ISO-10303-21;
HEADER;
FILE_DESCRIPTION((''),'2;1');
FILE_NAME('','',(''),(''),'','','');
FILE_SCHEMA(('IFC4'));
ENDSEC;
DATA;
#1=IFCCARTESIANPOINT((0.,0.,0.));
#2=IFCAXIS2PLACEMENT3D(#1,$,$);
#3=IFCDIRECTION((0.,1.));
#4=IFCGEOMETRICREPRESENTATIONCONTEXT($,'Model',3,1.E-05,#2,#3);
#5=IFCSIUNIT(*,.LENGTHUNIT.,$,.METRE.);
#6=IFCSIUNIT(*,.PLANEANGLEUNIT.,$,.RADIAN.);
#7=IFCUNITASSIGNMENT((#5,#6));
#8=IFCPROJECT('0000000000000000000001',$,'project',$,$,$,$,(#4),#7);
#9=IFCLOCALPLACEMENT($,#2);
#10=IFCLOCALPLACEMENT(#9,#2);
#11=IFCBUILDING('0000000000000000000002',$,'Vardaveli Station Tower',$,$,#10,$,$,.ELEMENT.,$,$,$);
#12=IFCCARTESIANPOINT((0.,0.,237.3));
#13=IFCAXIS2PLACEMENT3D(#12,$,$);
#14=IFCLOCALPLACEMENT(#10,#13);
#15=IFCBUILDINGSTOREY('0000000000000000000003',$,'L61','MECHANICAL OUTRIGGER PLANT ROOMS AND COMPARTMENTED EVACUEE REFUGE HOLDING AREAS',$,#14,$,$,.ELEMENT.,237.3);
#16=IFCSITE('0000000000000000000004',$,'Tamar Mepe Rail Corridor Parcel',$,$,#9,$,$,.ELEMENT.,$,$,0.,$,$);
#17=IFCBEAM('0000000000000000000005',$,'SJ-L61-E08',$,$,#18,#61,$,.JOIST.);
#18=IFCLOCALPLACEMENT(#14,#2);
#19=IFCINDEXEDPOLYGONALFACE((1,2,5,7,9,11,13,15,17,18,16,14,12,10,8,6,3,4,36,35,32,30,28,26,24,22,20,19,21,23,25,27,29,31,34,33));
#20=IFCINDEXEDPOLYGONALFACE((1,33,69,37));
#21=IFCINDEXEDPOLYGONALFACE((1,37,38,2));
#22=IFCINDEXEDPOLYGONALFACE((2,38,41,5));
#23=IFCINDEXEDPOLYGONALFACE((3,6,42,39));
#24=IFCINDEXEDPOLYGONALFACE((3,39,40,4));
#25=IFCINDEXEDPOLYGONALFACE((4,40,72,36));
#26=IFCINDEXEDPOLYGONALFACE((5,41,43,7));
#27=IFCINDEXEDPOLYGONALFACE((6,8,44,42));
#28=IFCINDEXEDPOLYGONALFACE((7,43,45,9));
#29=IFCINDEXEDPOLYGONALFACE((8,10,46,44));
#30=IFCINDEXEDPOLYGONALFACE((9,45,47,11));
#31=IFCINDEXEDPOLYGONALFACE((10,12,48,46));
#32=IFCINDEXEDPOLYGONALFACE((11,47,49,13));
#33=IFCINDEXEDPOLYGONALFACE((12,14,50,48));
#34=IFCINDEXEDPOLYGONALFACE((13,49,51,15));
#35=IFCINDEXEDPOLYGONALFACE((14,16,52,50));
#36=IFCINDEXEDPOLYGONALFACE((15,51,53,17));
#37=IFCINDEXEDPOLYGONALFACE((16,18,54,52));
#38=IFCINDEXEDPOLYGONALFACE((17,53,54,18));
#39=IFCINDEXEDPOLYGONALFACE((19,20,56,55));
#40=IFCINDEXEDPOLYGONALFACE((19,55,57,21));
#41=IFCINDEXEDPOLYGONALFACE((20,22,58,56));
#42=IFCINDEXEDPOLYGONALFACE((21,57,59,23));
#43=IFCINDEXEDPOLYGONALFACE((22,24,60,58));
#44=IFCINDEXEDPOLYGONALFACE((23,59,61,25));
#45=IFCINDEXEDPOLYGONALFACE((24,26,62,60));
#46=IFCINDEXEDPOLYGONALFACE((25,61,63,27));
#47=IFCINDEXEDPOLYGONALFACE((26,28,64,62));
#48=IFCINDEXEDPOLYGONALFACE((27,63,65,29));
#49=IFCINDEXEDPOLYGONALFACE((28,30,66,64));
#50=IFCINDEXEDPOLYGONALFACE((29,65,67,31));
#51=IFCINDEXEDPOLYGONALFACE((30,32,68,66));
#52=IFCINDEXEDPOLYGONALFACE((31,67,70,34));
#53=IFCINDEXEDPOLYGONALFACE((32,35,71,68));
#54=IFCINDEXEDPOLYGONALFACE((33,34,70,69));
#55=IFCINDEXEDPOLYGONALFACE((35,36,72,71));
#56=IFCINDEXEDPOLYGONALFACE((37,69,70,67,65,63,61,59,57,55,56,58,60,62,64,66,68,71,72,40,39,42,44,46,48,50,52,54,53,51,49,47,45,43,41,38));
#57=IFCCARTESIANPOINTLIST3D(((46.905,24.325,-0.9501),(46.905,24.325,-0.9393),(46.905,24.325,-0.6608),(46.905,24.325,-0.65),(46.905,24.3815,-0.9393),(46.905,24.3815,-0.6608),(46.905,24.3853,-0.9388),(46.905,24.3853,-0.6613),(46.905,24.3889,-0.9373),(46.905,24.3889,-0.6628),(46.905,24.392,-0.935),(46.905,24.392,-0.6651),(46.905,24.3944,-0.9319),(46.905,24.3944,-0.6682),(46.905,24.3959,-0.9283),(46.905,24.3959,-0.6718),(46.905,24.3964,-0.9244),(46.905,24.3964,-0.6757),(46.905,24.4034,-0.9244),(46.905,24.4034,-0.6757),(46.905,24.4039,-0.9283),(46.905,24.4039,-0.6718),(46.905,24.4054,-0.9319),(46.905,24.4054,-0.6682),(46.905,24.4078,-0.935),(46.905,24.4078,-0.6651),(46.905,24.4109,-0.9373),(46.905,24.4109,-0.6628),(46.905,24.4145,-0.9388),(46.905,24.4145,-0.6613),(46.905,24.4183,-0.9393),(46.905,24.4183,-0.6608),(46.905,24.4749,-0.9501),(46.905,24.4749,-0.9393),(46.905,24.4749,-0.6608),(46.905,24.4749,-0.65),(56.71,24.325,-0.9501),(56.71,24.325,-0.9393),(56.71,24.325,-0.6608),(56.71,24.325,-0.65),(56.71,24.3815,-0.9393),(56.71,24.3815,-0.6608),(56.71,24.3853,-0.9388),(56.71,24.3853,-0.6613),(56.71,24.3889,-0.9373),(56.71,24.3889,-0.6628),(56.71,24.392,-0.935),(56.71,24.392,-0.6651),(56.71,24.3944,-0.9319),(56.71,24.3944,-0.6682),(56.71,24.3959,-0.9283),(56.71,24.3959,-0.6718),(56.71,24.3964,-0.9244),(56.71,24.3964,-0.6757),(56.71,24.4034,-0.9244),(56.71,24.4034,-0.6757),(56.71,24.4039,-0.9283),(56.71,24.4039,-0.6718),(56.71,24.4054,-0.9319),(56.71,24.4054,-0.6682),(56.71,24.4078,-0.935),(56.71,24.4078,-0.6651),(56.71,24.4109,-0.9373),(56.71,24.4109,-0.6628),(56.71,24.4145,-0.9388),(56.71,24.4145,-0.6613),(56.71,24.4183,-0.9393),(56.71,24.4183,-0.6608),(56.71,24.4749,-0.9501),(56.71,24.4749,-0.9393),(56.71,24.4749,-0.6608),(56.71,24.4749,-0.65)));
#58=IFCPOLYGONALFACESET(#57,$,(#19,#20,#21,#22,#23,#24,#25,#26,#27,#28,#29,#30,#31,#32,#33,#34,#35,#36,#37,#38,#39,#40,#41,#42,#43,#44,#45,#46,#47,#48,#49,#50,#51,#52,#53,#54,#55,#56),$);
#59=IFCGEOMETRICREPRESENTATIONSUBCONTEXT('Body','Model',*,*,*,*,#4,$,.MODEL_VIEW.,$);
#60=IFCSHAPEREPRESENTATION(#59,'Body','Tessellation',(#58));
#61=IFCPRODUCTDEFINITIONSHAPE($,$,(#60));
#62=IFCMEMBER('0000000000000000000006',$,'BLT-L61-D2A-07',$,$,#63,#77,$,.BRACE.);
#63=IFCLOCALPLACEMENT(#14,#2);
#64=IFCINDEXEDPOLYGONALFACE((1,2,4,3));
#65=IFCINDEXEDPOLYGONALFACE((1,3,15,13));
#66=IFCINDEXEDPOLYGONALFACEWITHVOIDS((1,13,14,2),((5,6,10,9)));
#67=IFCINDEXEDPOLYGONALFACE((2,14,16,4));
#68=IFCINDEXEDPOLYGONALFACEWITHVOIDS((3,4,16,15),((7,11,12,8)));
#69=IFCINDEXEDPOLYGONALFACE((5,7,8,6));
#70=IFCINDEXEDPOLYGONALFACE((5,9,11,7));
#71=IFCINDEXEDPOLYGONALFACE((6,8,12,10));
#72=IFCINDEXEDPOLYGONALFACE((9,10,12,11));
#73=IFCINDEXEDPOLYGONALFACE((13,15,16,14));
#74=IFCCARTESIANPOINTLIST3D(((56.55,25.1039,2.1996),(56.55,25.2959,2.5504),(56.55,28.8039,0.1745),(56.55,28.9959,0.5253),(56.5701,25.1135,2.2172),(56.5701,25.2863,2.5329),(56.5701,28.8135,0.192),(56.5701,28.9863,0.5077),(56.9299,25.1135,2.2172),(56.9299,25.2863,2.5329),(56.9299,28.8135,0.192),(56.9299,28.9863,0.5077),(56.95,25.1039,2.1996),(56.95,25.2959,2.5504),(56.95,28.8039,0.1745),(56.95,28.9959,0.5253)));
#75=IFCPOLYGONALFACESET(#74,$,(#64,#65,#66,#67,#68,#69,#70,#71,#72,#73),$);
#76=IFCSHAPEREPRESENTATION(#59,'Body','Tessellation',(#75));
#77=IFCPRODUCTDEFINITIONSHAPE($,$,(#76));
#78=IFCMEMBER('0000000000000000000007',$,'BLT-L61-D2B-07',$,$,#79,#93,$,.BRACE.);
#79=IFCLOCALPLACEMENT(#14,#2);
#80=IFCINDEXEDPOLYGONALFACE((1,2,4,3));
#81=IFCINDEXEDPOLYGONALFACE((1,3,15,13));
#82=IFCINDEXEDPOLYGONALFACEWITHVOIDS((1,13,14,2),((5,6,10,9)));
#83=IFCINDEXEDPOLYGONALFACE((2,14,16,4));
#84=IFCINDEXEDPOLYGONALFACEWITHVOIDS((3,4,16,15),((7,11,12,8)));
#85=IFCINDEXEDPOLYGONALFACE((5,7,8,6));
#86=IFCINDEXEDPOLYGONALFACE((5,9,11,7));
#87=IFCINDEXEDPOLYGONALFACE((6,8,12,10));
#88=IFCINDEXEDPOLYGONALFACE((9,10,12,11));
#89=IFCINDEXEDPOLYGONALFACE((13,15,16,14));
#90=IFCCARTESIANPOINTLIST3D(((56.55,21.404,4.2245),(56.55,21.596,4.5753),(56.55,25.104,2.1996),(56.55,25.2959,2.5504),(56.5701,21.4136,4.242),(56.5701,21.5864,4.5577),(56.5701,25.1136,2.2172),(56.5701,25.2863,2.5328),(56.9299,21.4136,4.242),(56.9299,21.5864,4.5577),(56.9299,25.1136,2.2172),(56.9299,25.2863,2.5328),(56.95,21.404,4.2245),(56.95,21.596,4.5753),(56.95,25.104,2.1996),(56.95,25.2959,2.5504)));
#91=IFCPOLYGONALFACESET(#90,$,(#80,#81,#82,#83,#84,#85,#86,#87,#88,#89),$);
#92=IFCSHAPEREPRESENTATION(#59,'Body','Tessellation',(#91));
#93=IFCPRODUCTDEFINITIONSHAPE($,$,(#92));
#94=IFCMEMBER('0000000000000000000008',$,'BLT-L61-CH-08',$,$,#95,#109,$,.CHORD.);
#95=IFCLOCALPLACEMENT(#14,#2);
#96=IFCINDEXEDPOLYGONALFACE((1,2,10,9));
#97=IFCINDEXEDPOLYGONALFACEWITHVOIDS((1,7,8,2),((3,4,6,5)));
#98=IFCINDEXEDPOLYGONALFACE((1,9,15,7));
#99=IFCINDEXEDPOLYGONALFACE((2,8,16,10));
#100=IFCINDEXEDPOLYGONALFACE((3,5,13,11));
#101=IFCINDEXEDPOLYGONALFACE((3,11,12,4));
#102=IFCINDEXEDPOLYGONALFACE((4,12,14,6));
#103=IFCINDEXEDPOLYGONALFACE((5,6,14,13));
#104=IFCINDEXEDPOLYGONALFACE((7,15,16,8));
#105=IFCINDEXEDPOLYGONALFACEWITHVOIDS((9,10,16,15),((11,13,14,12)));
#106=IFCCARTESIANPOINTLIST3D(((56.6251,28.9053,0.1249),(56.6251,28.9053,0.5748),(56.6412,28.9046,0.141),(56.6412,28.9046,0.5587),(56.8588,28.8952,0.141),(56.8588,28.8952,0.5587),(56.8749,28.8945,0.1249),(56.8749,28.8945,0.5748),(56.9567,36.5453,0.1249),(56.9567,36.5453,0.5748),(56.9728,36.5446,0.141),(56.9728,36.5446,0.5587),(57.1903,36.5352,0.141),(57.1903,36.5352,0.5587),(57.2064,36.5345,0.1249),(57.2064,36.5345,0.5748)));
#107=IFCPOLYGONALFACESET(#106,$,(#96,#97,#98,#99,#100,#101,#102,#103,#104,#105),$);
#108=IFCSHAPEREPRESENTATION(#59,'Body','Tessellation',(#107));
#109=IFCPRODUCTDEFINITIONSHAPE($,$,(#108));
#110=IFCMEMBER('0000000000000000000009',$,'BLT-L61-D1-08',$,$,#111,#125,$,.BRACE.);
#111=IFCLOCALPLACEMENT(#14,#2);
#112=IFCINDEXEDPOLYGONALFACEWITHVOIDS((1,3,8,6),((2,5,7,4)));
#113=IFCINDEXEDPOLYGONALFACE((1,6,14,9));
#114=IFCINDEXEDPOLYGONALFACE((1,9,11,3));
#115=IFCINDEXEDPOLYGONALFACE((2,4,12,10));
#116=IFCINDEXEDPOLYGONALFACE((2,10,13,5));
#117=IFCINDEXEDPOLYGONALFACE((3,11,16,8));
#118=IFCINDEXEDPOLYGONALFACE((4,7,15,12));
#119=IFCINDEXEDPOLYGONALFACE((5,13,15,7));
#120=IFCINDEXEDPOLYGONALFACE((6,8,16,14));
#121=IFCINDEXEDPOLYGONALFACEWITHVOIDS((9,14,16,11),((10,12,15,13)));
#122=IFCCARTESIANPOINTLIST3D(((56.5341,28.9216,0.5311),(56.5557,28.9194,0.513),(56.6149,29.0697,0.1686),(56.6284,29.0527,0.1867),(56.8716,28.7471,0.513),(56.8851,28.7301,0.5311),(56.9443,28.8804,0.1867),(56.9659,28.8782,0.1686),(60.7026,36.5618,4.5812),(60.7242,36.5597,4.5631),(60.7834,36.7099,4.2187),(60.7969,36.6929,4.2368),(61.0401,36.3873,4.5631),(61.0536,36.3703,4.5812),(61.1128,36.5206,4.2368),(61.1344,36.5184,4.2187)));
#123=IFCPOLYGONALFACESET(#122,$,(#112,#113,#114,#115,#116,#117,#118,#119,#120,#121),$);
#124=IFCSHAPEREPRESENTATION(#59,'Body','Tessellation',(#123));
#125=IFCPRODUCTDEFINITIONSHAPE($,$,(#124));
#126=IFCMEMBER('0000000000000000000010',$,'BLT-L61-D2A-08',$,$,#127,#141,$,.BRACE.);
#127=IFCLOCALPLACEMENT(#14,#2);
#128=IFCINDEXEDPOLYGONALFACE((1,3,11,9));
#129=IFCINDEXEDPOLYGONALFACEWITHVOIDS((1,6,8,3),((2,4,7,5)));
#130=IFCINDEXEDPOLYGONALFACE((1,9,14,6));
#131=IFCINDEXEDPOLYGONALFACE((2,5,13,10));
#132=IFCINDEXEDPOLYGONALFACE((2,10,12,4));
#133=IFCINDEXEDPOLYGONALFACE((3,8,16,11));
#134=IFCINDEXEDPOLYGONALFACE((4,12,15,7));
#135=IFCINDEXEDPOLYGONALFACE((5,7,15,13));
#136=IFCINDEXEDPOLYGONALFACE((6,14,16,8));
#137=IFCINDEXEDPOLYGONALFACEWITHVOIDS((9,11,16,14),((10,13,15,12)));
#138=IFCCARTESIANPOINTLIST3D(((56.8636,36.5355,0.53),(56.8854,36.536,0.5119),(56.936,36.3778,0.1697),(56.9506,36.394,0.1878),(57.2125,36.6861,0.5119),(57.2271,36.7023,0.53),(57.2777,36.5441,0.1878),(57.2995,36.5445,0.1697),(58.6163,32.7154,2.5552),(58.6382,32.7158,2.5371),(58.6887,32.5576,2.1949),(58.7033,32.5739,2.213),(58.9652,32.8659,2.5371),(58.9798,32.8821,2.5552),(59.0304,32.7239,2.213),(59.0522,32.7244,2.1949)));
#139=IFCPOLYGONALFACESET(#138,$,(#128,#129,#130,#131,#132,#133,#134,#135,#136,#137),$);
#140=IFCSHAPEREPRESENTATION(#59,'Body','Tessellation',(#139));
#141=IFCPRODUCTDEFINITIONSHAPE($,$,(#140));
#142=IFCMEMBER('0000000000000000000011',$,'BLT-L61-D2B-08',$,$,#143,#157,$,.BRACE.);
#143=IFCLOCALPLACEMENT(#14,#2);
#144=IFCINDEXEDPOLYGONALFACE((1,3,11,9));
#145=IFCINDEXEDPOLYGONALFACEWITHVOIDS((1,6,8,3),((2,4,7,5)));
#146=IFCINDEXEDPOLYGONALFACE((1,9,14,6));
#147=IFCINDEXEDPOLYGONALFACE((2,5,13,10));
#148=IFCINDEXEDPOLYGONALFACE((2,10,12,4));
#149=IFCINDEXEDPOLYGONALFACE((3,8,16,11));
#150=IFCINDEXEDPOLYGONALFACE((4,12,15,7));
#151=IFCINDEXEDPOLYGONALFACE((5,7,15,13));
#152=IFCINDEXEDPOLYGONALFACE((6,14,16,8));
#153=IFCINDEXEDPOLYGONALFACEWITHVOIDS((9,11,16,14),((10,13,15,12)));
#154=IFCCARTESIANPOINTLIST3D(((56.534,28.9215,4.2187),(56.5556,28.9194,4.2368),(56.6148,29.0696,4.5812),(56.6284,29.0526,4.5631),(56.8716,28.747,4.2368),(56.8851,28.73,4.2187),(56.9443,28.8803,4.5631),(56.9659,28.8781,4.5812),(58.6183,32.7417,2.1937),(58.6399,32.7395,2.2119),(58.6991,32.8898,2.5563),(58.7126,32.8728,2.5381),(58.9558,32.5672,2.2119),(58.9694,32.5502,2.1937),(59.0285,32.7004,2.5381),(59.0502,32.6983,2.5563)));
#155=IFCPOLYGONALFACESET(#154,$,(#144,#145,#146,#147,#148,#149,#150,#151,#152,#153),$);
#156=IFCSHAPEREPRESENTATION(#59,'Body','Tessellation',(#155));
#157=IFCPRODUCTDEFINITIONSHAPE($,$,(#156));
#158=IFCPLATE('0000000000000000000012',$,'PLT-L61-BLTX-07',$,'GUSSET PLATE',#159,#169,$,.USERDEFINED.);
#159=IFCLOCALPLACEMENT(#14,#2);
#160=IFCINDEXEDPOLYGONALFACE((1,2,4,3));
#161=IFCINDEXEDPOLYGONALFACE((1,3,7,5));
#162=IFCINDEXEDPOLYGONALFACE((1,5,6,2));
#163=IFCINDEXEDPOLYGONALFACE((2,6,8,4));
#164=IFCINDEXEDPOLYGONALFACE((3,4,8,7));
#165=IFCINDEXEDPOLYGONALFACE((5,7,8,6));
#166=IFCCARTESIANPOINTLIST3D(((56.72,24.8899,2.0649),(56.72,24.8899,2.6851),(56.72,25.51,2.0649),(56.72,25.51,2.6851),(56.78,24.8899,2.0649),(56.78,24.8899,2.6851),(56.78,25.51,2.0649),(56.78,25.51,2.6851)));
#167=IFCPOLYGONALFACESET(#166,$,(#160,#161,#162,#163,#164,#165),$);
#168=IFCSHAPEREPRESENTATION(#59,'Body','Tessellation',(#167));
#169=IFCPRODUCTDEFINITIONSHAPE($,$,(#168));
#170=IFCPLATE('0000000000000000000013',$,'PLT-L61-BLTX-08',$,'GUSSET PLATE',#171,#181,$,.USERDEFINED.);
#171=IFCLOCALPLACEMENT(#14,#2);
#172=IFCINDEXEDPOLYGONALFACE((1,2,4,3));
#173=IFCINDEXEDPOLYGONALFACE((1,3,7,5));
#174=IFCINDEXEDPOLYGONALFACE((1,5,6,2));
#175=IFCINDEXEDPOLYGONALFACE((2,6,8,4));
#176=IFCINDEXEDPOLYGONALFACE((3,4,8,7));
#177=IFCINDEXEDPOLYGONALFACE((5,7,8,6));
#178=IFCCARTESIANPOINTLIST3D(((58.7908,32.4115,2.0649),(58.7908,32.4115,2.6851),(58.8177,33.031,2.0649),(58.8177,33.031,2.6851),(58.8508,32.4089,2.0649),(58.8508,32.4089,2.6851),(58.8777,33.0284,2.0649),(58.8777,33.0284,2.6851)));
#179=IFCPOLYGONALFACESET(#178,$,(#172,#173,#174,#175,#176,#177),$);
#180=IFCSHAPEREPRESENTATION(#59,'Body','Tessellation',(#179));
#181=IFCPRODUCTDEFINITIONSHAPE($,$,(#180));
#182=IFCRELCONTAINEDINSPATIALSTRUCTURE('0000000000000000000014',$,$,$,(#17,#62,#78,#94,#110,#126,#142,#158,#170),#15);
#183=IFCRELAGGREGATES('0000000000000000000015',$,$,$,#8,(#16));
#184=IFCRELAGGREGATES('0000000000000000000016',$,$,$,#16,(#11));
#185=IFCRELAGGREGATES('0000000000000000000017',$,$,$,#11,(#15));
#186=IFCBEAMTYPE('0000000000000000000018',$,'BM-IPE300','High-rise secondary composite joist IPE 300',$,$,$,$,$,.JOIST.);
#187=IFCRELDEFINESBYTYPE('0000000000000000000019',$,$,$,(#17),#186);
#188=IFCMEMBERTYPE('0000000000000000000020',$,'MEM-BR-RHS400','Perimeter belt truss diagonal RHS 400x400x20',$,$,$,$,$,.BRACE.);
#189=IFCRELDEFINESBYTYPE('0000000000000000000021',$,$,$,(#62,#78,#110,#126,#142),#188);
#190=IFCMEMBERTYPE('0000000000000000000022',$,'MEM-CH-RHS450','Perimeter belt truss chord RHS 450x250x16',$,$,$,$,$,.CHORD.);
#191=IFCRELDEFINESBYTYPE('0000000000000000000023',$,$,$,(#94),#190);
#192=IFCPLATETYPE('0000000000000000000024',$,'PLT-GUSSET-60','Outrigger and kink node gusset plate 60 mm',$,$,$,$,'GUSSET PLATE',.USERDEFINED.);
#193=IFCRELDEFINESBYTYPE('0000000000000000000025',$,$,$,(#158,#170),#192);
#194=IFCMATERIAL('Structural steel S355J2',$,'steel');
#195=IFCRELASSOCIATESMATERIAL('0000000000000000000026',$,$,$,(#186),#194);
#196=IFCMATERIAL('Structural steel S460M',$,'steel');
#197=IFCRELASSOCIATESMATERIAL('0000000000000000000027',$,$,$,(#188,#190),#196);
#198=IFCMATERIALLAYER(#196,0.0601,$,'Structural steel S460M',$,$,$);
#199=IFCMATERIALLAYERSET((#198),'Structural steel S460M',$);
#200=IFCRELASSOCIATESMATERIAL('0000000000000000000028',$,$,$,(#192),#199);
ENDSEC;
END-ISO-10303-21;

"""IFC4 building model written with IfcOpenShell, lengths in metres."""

from ifc_helpers import new_model, si_unit, direction, frame, origin, origin_2d, place, context, subcontext, project, spatial, rectangle, hollow_rectangle, i_section, extrude, source, transform, mapped, material, layer, layer_set, material_profile, profile_set, type_object, element, save


model = new_model("IFC4")

# Units and contexts
model_context = context("Model", 3, precision=1e-05, world=origin(), true_north=direction((0.0, 1.0)))
body_context = subcontext(model_context, "Body", "Model", "MODEL_VIEW")
ifc_project = project(units=[si_unit("LENGTHUNIT", "METRE"), si_unit("PLANEANGLEUNIT", "RADIAN")], contexts=[model_context])

# Site, building, storey
site_placement = place(None, origin())
site = spatial("IfcSite", under=ifc_project, at=site_placement, Name="Tamar Mepe Rail Corridor Parcel", CompositionType="ELEMENT", RefElevation=0.0)
building_placement = place(site_placement, origin())
building = spatial("IfcBuilding", under=site, at=building_placement, Name="Vardaveli Station Tower", CompositionType="ELEMENT")
storey_placement = place(building_placement, frame((0.0, 0.0, 237.3)))
storey = spatial("IfcBuildingStorey", under=building, at=storey_placement, Name="L61", Description="MECHANICAL OUTRIGGER PLANT ROOMS AND COMPARTMENTED EVACUEE REFUGE HOLDING AREAS", CompositionType="ELEMENT", Elevation=237.3)

# Shared definitions
ifc_material_1 = material(Name="Structural steel S460M", Category="steel")

# Beam
ifc_material_2 = material(Name="Structural steel S355J2", Category="steel")
ifc_material_profile_1 = material_profile(ifc_material_2, i_section(OverallWidth=0.1499, OverallDepth=0.3, WebThickness=0.0071, FlangeThickness=0.0107, FilletRadius=0.0149, at=origin_2d()), Name="IPE 300")
ifc_profile_set_1 = profile_set([ifc_material_profile_1], Name="Structural steel S355J2")
beam_type_1 = type_object("IfcBeamType", Name="BM-IPE300", Description="High-rise secondary composite joist IPE 300", PredefinedType="JOIST", material=ifc_profile_set_1)
shared_shape_1 = source(origin(), body_context, "Body", "SweptSolid", [
    extrude(i_section(OverallWidth=0.1499, OverallDepth=0.3, WebThickness=0.0071, FlangeThickness=0.0107, FilletRadius=0.0149, at=origin_2d()), origin(), (0.0, 0.0, 1.0), 9.8049),
])
beam_1_placement = place(storey_placement, frame((46.905, 24.3999, -0.8), z_axis=(1.0, 0.0, 0.0), x_axis=(0.0, 1.0, 0.0)))
element("IfcBeam", 1, at=beam_1_placement, inside=storey, type_object=beam_type_1, Name="SJ-L61-E08", PredefinedType="JOIST", context=body_context, shape_type="MappedRepresentation", body=[
    mapped(shared_shape_1, transform((0.0, 0.0, 0.0), scale=1.0)),
])

# Members
ifc_material_profile_2 = material_profile(ifc_material_1, hollow_rectangle(XDim=0.3999, YDim=0.3999, WallThickness=0.02, at=origin_2d()), Name="RHS 400x400x20")
ifc_profile_set_2 = profile_set([ifc_material_profile_2], Name="Structural steel S460M")
member_type_1 = type_object("IfcMemberType", Name="MEM-BR-RHS400", Description="Perimeter belt truss diagonal RHS 400x400x20", PredefinedType="BRACE", material=ifc_profile_set_2)
shared_shape_2 = source(origin(), body_context, "Body", "SweptSolid", [
    extrude(hollow_rectangle(XDim=0.3999, YDim=0.3999, WallThickness=0.02, at=origin_2d()), origin(), (0.0, 0.0, 1.0), 4.218),
])
member_1_placement = place(storey_placement, frame((56.75, 28.8999, 0.3499), z_axis=(0.0, -0.877198, 0.480129), x_axis=(1.0, 0.0, 0.0)))
element("IfcMember", 2, at=member_1_placement, inside=storey, type_object=member_type_1, Name="BLT-L61-D2A-07", PredefinedType="BRACE", context=body_context, shape_type="MappedRepresentation", body=[
    mapped(shared_shape_2, transform((0.0, 0.0, 0.0), scale=1.0)),
])
shared_shape_3 = source(origin(), body_context, "Body", "SweptSolid", [
    extrude(hollow_rectangle(XDim=0.3999, YDim=0.3999, WallThickness=0.02, at=origin_2d()), origin(), (0.0, 0.0, 1.0), 4.2178),
])
member_2_placement = place(storey_placement, frame((56.75, 25.2, 2.375), z_axis=(0.0, -0.877222, 0.480085), x_axis=(1.0, 0.0, 0.0)))
element("IfcMember", 3, at=member_2_placement, inside=storey, type_object=member_type_1, Name="BLT-L61-D2B-07", PredefinedType="BRACE", context=body_context, shape_type="MappedRepresentation", body=[
    mapped(shared_shape_3, transform((0.0, 0.0, 0.0), scale=1.0)),
])
ifc_material_profile_3 = material_profile(ifc_material_1, hollow_rectangle(XDim=0.25, YDim=0.45, WallThickness=0.0161, at=origin_2d()), Name="RHS 450x250x16")
ifc_profile_set_3 = profile_set([ifc_material_profile_3], Name="Structural steel S460M")
member_type_2 = type_object("IfcMemberType", Name="MEM-CH-RHS450", Description="Perimeter belt truss chord RHS 450x250x16", PredefinedType="CHORD", material=ifc_profile_set_3)
shared_shape_4 = source(origin(), body_context, "Body", "SweptSolid", [
    extrude(hollow_rectangle(XDim=0.25, YDim=0.45, WallThickness=0.0161, at=origin_2d()), origin(), (0.0, 0.0, 1.0), 7.6472),
])
member_3_placement = place(storey_placement, frame((56.75, 28.8999, 0.3499), z_axis=(0.043354, 0.99906, 0.0), x_axis=(-0.99906, 0.043354, 0.0)))
element("IfcMember", 4, at=member_3_placement, inside=storey, type_object=member_type_2, Name="BLT-L61-CH-08", PredefinedType="CHORD", context=body_context, shape_type="MappedRepresentation", body=[
    mapped(shared_shape_4, transform((0.0, 0.0, 0.0), scale=1.0)),
])
shared_shape_5 = source(origin(), body_context, "Body", "SweptSolid", [
    extrude(hollow_rectangle(XDim=0.3999, YDim=0.3999, WallThickness=0.02, at=origin_2d()), origin(), (0.0, 0.0, 1.0), 9.5996),
])
member_4_placement = place(storey_placement, frame((56.75, 28.8999, 0.3499), z_axis=(0.434236, 0.795888, 0.421902), x_axis=(-0.877842, 0.47895, 0.0)))
element("IfcMember", 5, at=member_4_placement, inside=storey, type_object=member_type_1, Name="BLT-L61-D1-08", PredefinedType="BRACE", context=body_context, shape_type="MappedRepresentation", body=[
    mapped(shared_shape_5, transform((0.0, 0.0, 0.0), scale=1.0)),
])
shared_shape_6 = source(origin(), body_context, "Body", "SweptSolid", [
    extrude(hollow_rectangle(XDim=0.3999, YDim=0.3999, WallThickness=0.02, at=origin_2d()), origin(), (0.0, 0.0, 1.0), 4.6655),
])
member_5_placement = place(storey_placement, frame((57.0815, 36.54, 0.3499), z_axis=(0.375677, -0.818807, 0.434077), x_axis=(0.908901, 0.417013, 0.0)))
element("IfcMember", 6, at=member_5_placement, inside=storey, type_object=member_type_1, Name="BLT-L61-D2A-08", PredefinedType="BRACE", context=body_context, shape_type="MappedRepresentation", body=[
    mapped(shared_shape_6, transform((0.0, 0.0, 0.0), scale=1.0)),
])
shared_shape_7 = source(origin(), body_context, "Body", "SweptSolid", [
    extrude(hollow_rectangle(XDim=0.3999, YDim=0.3999, WallThickness=0.02, at=origin_2d()), origin(), (0.0, 0.0, 1.0), 4.7998),
])
member_6_placement = place(storey_placement, frame((58.8342, 32.72, 2.375), z_axis=(-0.434241, -0.795897, 0.421881), x_axis=(0.877842, -0.47895, 0.0)))
element("IfcMember", 7, at=member_6_placement, inside=storey, type_object=member_type_1, Name="BLT-L61-D2B-08", PredefinedType="BRACE", context=body_context, shape_type="MappedRepresentation", body=[
    mapped(shared_shape_7, transform((0.0, 0.0, 0.0), scale=1.0)),
])

# Plates
ifc_layer_1 = layer(ifc_material_1, 0.0601, Name="Structural steel S460M")
ifc_layer_set_1 = layer_set([ifc_layer_1], Name="Structural steel S460M")
plate_type_1 = type_object("IfcPlateType", Name="PLT-GUSSET-60", Description="Outrigger and kink node gusset plate 60 mm", ElementType="GUSSET PLATE", PredefinedType="USERDEFINED", material=ifc_layer_set_1)
shared_shape_8 = source(origin(), body_context, "Body", "SweptSolid", [
    extrude(rectangle(XDim=0.6201, YDim=0.0601, at=origin_2d()), origin(), (0.0, 0.0, 1.0), 0.6201),
])
for number, where, z_axis, x_axis, name in (
    (8, (56.75, 25.2, 2.0649), (0.0, 0.0, 1.0), (0.0, 1.0, 0.0), "PLT-L61-BLTX-07"),
    (9, (58.8342, 32.72, 2.0649), (0.0, 0.0, 1.0), (0.043445, 0.999056, 0.0), "PLT-L61-BLTX-08"),
):
    element("IfcPlate", number, at=place(storey_placement, frame(where, z_axis=z_axis, x_axis=x_axis)), inside=storey, type_object=plate_type_1, Name=name, ObjectType="GUSSET PLATE", PredefinedType="USERDEFINED", context=body_context, shape_type="MappedRepresentation", body=[
        mapped(shared_shape_8, transform((0.0, 0.0, 0.0), scale=1.0)),
    ])

save(model, "model.ifc")
